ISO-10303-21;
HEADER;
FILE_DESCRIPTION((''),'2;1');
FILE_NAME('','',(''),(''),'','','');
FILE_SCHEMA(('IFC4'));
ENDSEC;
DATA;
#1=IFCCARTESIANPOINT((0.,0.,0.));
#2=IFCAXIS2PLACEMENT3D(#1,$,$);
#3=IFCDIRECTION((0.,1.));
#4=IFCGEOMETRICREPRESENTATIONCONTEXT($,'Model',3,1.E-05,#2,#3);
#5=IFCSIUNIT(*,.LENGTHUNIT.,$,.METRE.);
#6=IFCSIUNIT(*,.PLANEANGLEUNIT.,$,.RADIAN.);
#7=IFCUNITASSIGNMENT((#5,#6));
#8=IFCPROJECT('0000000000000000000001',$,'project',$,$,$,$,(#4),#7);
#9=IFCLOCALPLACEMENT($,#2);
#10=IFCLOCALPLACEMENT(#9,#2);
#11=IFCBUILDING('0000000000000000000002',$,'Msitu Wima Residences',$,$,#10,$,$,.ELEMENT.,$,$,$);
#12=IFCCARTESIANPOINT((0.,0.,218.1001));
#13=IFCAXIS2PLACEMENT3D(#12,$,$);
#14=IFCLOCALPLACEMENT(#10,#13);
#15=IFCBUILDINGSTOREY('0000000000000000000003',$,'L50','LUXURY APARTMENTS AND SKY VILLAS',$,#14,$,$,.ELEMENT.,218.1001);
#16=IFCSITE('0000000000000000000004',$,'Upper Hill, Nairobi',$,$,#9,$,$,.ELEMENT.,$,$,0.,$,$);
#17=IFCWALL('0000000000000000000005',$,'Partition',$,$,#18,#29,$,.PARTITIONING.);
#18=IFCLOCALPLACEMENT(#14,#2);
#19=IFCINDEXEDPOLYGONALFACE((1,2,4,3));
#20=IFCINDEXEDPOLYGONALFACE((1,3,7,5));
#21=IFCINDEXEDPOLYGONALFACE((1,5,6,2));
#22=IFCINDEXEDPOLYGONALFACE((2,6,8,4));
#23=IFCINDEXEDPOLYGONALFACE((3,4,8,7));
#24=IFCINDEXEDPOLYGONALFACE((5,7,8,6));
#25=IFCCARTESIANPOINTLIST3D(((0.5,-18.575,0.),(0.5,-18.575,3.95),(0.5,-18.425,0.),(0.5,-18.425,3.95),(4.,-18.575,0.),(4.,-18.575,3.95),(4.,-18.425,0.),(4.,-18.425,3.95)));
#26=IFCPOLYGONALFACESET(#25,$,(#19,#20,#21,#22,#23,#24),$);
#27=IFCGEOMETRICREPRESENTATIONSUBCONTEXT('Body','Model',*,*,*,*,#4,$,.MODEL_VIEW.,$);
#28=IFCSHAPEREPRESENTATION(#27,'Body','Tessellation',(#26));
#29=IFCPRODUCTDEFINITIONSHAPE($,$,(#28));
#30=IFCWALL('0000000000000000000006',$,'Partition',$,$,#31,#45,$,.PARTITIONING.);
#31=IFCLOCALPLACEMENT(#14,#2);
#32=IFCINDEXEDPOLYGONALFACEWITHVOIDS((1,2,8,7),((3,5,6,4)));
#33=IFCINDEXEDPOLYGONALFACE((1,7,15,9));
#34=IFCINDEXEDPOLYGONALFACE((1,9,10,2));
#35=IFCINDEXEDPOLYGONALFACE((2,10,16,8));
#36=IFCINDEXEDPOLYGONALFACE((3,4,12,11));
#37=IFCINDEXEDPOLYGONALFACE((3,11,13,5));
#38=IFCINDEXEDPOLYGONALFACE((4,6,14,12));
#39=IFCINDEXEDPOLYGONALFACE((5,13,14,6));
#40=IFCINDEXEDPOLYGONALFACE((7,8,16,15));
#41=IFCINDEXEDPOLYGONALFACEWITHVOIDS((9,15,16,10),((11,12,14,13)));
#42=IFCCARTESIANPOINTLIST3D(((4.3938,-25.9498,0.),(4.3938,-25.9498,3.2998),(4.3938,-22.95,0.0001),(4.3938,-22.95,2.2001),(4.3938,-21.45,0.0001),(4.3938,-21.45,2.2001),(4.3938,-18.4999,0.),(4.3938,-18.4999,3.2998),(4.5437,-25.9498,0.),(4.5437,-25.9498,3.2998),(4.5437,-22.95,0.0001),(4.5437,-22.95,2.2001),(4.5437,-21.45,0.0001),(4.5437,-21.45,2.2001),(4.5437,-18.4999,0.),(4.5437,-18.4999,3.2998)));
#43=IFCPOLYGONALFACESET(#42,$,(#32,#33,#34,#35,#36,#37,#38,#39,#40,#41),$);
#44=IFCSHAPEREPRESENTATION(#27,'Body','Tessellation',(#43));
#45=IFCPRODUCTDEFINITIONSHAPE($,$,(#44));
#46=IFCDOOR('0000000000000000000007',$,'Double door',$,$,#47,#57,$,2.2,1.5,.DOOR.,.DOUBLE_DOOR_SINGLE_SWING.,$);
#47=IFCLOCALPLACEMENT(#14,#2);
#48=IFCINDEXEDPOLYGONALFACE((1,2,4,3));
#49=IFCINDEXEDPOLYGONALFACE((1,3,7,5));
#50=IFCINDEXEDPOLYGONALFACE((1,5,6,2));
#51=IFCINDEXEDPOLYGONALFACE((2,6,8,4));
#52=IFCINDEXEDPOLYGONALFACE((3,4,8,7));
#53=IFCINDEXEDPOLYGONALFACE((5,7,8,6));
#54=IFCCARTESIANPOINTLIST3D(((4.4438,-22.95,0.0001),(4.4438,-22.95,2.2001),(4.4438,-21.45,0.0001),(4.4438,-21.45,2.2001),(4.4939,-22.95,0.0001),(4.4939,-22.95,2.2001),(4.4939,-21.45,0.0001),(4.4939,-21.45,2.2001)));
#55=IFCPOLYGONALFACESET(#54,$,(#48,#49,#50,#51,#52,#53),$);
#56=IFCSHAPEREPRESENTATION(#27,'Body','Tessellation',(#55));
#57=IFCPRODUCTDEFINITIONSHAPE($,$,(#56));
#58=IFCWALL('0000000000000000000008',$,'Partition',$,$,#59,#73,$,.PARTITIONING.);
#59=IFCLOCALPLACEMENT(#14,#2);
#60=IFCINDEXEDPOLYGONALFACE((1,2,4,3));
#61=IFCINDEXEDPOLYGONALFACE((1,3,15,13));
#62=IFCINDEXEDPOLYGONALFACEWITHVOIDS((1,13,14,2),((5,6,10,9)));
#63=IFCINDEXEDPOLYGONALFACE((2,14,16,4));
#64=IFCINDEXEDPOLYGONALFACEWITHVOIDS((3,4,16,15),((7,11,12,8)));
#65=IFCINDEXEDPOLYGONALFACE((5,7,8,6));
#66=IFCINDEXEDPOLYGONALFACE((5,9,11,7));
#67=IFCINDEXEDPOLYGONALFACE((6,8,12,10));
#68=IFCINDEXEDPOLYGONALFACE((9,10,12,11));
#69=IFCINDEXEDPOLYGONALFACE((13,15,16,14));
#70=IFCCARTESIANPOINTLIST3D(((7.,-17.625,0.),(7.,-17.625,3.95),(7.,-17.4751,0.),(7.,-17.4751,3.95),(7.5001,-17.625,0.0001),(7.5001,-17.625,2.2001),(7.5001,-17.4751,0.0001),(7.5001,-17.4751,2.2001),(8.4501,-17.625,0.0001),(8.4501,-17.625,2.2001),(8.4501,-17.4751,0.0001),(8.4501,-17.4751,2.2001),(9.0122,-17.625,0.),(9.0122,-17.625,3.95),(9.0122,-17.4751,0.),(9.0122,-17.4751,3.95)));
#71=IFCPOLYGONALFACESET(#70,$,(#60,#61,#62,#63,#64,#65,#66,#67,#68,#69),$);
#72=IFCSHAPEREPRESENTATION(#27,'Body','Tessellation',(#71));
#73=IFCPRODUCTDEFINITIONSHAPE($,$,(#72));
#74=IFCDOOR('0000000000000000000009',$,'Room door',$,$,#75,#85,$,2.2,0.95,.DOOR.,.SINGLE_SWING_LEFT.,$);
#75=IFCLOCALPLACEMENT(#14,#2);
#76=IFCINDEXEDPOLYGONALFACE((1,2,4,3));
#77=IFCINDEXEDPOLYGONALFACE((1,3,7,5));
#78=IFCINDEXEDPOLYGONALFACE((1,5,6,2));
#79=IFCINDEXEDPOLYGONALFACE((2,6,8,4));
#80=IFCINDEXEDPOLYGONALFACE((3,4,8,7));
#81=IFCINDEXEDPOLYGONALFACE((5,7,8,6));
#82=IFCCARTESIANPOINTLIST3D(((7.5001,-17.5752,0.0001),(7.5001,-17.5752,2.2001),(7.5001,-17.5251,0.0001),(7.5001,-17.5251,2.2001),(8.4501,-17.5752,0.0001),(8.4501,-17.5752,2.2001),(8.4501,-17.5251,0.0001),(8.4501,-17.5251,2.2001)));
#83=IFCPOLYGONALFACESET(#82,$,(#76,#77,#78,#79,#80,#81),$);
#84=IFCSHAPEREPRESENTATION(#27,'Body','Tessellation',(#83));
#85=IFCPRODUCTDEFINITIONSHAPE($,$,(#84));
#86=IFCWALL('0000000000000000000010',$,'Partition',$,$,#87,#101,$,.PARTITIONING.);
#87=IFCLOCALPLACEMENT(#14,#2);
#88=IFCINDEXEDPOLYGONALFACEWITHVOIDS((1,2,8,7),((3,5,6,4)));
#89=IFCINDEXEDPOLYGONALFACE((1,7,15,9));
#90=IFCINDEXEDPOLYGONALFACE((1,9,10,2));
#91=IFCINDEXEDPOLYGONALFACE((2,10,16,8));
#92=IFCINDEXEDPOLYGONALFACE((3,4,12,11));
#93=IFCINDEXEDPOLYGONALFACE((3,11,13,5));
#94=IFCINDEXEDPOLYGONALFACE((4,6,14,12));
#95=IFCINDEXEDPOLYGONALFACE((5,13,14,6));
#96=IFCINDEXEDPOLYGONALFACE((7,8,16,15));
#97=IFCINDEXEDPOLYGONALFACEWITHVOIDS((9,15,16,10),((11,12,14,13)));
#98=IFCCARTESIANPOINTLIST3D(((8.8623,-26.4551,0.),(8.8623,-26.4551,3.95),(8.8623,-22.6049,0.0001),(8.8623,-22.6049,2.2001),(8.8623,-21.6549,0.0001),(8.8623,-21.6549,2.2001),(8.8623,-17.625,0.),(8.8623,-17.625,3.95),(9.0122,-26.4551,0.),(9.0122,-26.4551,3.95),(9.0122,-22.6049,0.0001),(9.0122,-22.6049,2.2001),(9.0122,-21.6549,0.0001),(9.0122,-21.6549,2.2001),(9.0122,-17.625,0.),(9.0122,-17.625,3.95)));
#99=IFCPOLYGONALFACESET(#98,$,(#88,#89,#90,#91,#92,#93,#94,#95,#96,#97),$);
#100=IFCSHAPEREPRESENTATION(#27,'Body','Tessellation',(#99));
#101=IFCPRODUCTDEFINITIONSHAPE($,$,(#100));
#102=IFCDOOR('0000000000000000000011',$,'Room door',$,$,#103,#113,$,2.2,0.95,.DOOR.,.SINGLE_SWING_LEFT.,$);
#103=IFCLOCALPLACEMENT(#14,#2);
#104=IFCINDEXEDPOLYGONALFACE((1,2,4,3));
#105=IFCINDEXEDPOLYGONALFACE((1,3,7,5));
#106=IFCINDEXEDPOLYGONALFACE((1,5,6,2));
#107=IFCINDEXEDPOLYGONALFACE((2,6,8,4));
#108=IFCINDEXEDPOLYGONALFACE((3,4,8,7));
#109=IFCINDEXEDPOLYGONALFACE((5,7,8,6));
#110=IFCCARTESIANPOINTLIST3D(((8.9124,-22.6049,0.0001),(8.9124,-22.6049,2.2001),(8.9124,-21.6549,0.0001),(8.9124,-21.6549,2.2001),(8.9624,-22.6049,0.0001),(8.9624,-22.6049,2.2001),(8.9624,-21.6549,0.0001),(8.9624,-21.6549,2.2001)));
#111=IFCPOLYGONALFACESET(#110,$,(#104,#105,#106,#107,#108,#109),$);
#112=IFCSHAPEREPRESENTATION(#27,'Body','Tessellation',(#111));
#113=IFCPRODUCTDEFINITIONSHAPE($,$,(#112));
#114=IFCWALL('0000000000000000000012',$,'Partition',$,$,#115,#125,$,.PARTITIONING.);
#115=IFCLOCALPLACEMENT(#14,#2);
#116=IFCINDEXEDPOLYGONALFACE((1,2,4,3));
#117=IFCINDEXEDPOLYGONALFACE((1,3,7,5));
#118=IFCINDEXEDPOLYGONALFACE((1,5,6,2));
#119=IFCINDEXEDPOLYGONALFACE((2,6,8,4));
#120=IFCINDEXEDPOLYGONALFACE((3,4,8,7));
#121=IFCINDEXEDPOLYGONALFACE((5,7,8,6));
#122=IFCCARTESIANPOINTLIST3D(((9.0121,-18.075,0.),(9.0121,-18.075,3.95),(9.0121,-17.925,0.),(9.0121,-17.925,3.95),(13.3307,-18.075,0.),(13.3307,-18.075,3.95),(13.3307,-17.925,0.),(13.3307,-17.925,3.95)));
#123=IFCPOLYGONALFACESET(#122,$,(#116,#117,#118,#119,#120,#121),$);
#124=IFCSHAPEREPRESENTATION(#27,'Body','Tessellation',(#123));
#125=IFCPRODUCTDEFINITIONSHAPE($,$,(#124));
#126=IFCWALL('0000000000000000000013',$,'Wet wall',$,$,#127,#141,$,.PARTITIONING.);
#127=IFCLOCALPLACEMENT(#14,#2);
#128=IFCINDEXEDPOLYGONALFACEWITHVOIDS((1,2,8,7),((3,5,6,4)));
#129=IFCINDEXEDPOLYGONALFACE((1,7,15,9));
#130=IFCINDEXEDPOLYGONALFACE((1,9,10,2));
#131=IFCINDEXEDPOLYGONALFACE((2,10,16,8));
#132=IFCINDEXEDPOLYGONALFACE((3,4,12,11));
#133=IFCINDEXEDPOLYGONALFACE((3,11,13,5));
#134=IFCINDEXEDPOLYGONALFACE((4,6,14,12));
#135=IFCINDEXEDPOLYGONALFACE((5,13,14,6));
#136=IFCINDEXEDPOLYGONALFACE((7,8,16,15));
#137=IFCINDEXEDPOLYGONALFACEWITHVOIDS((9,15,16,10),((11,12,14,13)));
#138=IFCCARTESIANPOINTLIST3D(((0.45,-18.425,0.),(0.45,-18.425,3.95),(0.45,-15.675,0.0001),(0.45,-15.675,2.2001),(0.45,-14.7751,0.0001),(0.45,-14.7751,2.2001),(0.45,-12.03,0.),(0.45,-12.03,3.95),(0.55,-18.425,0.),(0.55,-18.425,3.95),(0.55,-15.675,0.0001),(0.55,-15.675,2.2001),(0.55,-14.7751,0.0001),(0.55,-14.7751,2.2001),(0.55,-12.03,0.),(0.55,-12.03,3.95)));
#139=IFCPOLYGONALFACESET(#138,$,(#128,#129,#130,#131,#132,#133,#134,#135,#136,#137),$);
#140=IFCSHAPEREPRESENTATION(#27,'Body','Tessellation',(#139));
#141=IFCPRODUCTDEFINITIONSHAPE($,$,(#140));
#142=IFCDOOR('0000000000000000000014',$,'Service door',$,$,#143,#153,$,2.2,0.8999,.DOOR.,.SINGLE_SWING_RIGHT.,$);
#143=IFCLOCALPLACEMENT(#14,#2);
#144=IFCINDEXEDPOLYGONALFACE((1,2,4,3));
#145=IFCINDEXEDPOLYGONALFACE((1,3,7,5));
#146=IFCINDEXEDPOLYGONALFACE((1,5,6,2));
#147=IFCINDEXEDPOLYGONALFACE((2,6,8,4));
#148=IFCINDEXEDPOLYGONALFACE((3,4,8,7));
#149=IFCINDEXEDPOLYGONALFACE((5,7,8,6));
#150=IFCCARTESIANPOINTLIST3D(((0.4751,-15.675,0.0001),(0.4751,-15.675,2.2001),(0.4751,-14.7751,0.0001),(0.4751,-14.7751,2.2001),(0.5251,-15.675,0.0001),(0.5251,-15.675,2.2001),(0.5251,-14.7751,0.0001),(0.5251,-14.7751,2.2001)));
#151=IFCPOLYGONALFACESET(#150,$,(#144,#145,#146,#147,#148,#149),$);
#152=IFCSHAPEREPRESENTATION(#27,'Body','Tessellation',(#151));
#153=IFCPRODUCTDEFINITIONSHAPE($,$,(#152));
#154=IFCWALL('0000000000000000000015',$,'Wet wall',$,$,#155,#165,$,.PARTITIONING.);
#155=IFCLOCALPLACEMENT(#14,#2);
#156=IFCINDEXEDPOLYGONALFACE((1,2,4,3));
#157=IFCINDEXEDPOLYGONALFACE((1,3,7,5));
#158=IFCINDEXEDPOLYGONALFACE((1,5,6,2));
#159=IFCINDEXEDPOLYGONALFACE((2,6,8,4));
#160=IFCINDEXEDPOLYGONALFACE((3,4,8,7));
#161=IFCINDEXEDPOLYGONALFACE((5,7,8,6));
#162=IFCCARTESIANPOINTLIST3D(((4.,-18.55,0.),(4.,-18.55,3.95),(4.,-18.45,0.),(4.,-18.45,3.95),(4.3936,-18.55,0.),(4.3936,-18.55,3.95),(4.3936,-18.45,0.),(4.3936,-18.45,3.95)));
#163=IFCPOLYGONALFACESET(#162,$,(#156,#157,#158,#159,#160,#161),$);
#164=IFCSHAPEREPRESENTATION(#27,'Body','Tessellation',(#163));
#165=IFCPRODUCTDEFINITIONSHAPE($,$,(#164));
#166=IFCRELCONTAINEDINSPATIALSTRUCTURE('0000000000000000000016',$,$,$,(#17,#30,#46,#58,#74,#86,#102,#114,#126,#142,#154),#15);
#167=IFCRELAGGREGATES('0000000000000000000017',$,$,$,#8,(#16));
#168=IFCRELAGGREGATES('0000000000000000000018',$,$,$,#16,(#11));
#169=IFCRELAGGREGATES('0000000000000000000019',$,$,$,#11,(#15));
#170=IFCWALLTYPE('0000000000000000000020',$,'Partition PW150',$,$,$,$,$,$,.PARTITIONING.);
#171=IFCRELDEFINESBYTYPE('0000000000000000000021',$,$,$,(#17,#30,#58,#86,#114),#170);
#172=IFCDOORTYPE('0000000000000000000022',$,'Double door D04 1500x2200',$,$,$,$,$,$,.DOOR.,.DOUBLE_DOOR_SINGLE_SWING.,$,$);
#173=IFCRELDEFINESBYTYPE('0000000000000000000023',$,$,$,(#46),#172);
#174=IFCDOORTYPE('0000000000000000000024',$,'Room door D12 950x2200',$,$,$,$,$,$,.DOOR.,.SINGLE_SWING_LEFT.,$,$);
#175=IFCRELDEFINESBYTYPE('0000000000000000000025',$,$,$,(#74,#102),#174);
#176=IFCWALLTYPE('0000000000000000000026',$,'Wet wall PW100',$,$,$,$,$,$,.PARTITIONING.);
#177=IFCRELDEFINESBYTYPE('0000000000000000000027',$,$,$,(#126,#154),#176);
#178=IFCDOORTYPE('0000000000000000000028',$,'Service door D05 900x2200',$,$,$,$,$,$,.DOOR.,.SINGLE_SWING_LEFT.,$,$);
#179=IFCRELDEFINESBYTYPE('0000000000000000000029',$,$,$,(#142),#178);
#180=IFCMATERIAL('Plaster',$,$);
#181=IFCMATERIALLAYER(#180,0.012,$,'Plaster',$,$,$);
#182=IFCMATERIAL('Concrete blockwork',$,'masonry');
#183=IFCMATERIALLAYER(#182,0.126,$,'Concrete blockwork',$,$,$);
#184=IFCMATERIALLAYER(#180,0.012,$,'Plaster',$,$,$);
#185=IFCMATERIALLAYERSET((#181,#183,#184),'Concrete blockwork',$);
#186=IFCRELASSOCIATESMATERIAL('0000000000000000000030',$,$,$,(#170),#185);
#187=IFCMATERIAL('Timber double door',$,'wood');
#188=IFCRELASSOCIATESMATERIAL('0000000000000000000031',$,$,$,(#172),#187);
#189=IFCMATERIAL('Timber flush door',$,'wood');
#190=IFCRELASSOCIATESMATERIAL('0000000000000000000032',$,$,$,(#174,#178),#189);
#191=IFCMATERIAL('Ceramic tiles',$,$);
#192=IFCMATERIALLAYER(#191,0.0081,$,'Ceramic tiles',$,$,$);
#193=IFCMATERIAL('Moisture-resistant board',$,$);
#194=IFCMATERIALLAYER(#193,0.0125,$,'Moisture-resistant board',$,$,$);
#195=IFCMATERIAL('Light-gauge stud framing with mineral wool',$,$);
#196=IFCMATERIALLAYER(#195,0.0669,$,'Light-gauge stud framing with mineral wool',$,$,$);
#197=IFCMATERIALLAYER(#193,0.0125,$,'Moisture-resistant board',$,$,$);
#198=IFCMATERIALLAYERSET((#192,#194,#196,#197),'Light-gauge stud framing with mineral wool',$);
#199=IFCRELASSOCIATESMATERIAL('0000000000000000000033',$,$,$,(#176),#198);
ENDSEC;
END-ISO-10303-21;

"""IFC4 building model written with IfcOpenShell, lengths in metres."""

from ifc_helpers import new_model, si_unit, direction, frame, frame_2d, origin, place, context, subcontext, project, spatial, rectangle, extrude, material, layer, layer_set, type_object, element, fill, save


model = new_model("IFC4")

# Units and contexts
model_context = context("Model", 3, precision=1e-05, world=origin(), true_north=direction((0.0, 1.0)))
body_context = subcontext(model_context, "Body", "Model", "MODEL_VIEW")
ifc_project = project(units=[si_unit("LENGTHUNIT", "METRE"), si_unit("PLANEANGLEUNIT", "RADIAN")], contexts=[model_context])

# Site, building, storey
site_placement = place(None, origin())
site = spatial("IfcSite", under=ifc_project, at=site_placement, Name="Upper Hill, Nairobi", CompositionType="ELEMENT", RefElevation=0.0)
building_placement = place(site_placement, origin())
building = spatial("IfcBuilding", under=site, at=building_placement, Name="Msitu Wima Residences", CompositionType="ELEMENT")
storey_placement = place(building_placement, frame((0.0, 0.0, 218.1001)))
storey = spatial("IfcBuildingStorey", under=building, at=storey_placement, Name="L50", Description="LUXURY APARTMENTS AND SKY VILLAS", CompositionType="ELEMENT", Elevation=218.1001)

# Wall
ifc_material_1 = material(Name="Plaster")
ifc_layer_1 = layer(ifc_material_1, 0.012, Name="Plaster")
ifc_material_2 = material(Name="Concrete blockwork", Category="masonry")
ifc_layer_2 = layer(ifc_material_2, 0.126, Name="Concrete blockwork")
ifc_layer_3 = layer(ifc_material_1, 0.012, Name="Plaster")
ifc_layer_set_1 = layer_set([ifc_layer_1, ifc_layer_2, ifc_layer_3], Name="Concrete blockwork")
wall_type_1 = type_object("IfcWallType", Name="Partition PW150", PredefinedType="PARTITIONING", material=ifc_layer_set_1)
wall_1_placement = place(storey_placement, frame((0.5, -18.5, 0.0), z_axis=(0.0, 0.0, 1.0), x_axis=(1.0, 0.0, 0.0)))
element("IfcWall", 1, at=wall_1_placement, inside=storey, type_object=wall_type_1, Name="Partition", PredefinedType="PARTITIONING", context=body_context, shape_type="SweptSolid", body=[
    extrude(rectangle(XDim=3.5, YDim=0.1499, at=frame_2d((1.75, 0.0))), origin(), (0.0, 0.0, 1.0), 3.95),
])

# Walls, openings, doors
wall_2_placement = place(storey_placement, frame((4.4688, -25.95, 0.0), z_axis=(0.0, 0.0, 1.0), x_axis=(0.0, 1.0, 0.0)))
wall_2 = element("IfcWall", 2, at=wall_2_placement, inside=storey, type_object=wall_type_1, Name="Partition", PredefinedType="PARTITIONING", context=body_context, shape_type="SweptSolid", body=[
    extrude(rectangle(XDim=7.45, YDim=0.1499, at=frame_2d((3.7251, 0.0))), origin(), (0.0, 0.0, 1.0), 3.2998),
])
opening_1_placement = place(wall_2_placement, frame((3.0, 0.0, 0.0)))
opening_1 = element("IfcOpeningElement", 3, at=opening_1_placement, cuts=wall_2, PredefinedType="OPENING", context=body_context, shape_type="SweptSolid", body=[
    extrude(rectangle(XDim=1.5, YDim=2.2, at=frame_2d((0.75, 1.1001))), frame((0.0, 0.085, 0.0), z_axis=(0.0, -1.0, 0.0), x_axis=(1.0, 0.0, 0.0)), (0.0, 0.0, 1.0), 0.1699),
])
ifc_material_3 = material(Name="Timber double door", Category="wood")
door_type_1 = type_object("IfcDoorType", Name="Double door D04 1500x2200", OperationType="DOUBLE_DOOR_SINGLE_SWING", PredefinedType="DOOR", material=ifc_material_3)
door_1_placement = place(opening_1_placement, origin())
door_1 = element("IfcDoor", 4, at=door_1_placement, inside=storey, type_object=door_type_1, Name="Double door", OperationType="DOUBLE_DOOR_SINGLE_SWING", OverallHeight=2.2, OverallWidth=1.5, PredefinedType="DOOR", context=body_context, shape_type="SweptSolid", body=[
    extrude(rectangle(XDim=1.5, YDim=2.2, at=frame_2d((0.75, 1.1001))), frame((0.0, 0.0249, 0.0), z_axis=(0.0, -1.0, 0.0), x_axis=(1.0, 0.0, 0.0)), (0.0, 0.0, 1.0), 0.05),
])
fill(opening_1, door_1)
wall_3_placement = place(storey_placement, frame((7.0, -17.55, 0.0), z_axis=(0.0, 0.0, 1.0), x_axis=(1.0, 0.0, 0.0)))
wall_3 = element("IfcWall", 5, at=wall_3_placement, inside=storey, type_object=wall_type_1, Name="Partition", PredefinedType="PARTITIONING", context=body_context, shape_type="SweptSolid", body=[
    extrude(rectangle(XDim=2.0122, YDim=0.1499, at=frame_2d((1.0061, 0.0))), origin(), (0.0, 0.0, 1.0), 3.95),
])
opening_2_placement = place(wall_3_placement, frame((0.5, 0.0, 0.0)))
opening_2 = element("IfcOpeningElement", 6, at=opening_2_placement, cuts=wall_3, PredefinedType="OPENING", context=body_context, shape_type="SweptSolid", body=[
    extrude(rectangle(XDim=0.95, YDim=2.2, at=frame_2d((0.4751, 1.1001))), frame((0.0, 0.085, 0.0), z_axis=(0.0, -1.0, 0.0), x_axis=(1.0, 0.0, 0.0)), (0.0, 0.0, 1.0), 0.1699),
])
ifc_material_4 = material(Name="Timber flush door", Category="wood")
door_type_2 = type_object("IfcDoorType", Name="Room door D12 950x2200", OperationType="SINGLE_SWING_LEFT", PredefinedType="DOOR", material=ifc_material_4)
door_2_placement = place(opening_2_placement, origin())
door_2 = element("IfcDoor", 7, at=door_2_placement, inside=storey, type_object=door_type_2, Name="Room door", OperationType="SINGLE_SWING_LEFT", OverallHeight=2.2, OverallWidth=0.95, PredefinedType="DOOR", context=body_context, shape_type="SweptSolid", body=[
    extrude(rectangle(XDim=0.95, YDim=2.2, at=frame_2d((0.4751, 1.1001))), frame((0.0, 0.0249, 0.0), z_axis=(0.0, -1.0, 0.0), x_axis=(1.0, 0.0, 0.0)), (0.0, 0.0, 1.0), 0.05),
])
fill(opening_2, door_2)
wall_4_placement = place(storey_placement, frame((8.9373, -26.4551, 0.0), z_axis=(0.0, 0.0, 1.0), x_axis=(0.0, 1.0, 0.0)))
wall_4 = element("IfcWall", 8, at=wall_4_placement, inside=storey, type_object=wall_type_1, Name="Partition", PredefinedType="PARTITIONING", context=body_context, shape_type="SweptSolid", body=[
    extrude(rectangle(XDim=8.8301, YDim=0.1499, at=frame_2d((4.415, 0.0))), origin(), (0.0, 0.0, 1.0), 3.95),
])
opening_3_placement = place(wall_4_placement, frame((3.8501, 0.0, 0.0)))
opening_3 = element("IfcOpeningElement", 9, at=opening_3_placement, cuts=wall_4, PredefinedType="OPENING", context=body_context, shape_type="SweptSolid", body=[
    extrude(rectangle(XDim=0.95, YDim=2.2, at=frame_2d((0.4751, 1.1001))), frame((0.0, 0.085, 0.0), z_axis=(0.0, -1.0, 0.0), x_axis=(1.0, 0.0, 0.0)), (0.0, 0.0, 1.0), 0.1699),
])
door_3_placement = place(opening_3_placement, origin())
door_3 = element("IfcDoor", 10, at=door_3_placement, inside=storey, type_object=door_type_2, Name="Room door", OperationType="SINGLE_SWING_LEFT", OverallHeight=2.2, OverallWidth=0.95, PredefinedType="DOOR", context=body_context, shape_type="SweptSolid", body=[
    extrude(rectangle(XDim=0.95, YDim=2.2, at=frame_2d((0.4751, 1.1001))), frame((0.0, 0.0249, 0.0), z_axis=(0.0, -1.0, 0.0), x_axis=(1.0, 0.0, 0.0)), (0.0, 0.0, 1.0), 0.05),
])
fill(opening_3, door_3)

# Wall
wall_5_placement = place(storey_placement, frame((9.0122, -18.0, 0.0), z_axis=(0.0, 0.0, 1.0), x_axis=(1.0, 0.0, 0.0)))
element("IfcWall", 11, at=wall_5_placement, inside=storey, type_object=wall_type_1, Name="Partition", PredefinedType="PARTITIONING", context=body_context, shape_type="SweptSolid", body=[
    extrude(rectangle(XDim=4.3186, YDim=0.1499, at=frame_2d((2.1592, 0.0))), origin(), (0.0, 0.0, 1.0), 3.95),
])

# Wall, opening, door
ifc_material_5 = material(Name="Ceramic tiles")
ifc_layer_4 = layer(ifc_material_5, 0.0081, Name="Ceramic tiles")
ifc_material_6 = material(Name="Moisture-resistant board")
ifc_layer_5 = layer(ifc_material_6, 0.0125, Name="Moisture-resistant board")
ifc_material_7 = material(Name="Light-gauge stud framing with mineral wool")
ifc_layer_6 = layer(ifc_material_7, 0.0669, Name="Light-gauge stud framing with mineral wool")
ifc_layer_7 = layer(ifc_material_6, 0.0125, Name="Moisture-resistant board")
ifc_layer_set_2 = layer_set([ifc_layer_4, ifc_layer_5, ifc_layer_6, ifc_layer_7], Name="Light-gauge stud framing with mineral wool")
wall_type_2 = type_object("IfcWallType", Name="Wet wall PW100", PredefinedType="PARTITIONING", material=ifc_layer_set_2)
wall_6_placement = place(storey_placement, frame((0.5, -18.425, 0.0), z_axis=(0.0, 0.0, 1.0), x_axis=(0.0, 1.0, 0.0)))
wall_6 = element("IfcWall", 12, at=wall_6_placement, inside=storey, type_object=wall_type_2, Name="Wet wall", PredefinedType="PARTITIONING", context=body_context, shape_type="SweptSolid", body=[
    extrude(rectangle(XDim=6.395, YDim=0.1001, at=frame_2d((3.1975, 0.0))), origin(), (0.0, 0.0, 1.0), 3.95),
])
opening_4_placement = place(wall_6_placement, frame((2.75, 0.0, 0.0)))
opening_4 = element("IfcOpeningElement", 13, at=opening_4_placement, cuts=wall_6, PredefinedType="OPENING", context=body_context, shape_type="SweptSolid", body=[
    extrude(rectangle(XDim=0.8999, YDim=2.2, at=frame_2d((0.45, 1.1001))), frame((0.0, 0.0601, 0.0), z_axis=(0.0, -1.0, 0.0), x_axis=(1.0, 0.0, 0.0)), (0.0, 0.0, 1.0), 0.1201),
])
door_type_3 = type_object("IfcDoorType", Name="Service door D05 900x2200", OperationType="SINGLE_SWING_LEFT", PredefinedType="DOOR", material=ifc_material_4)
door_4_placement = place(opening_4_placement, origin())
door_4 = element("IfcDoor", 14, at=door_4_placement, inside=storey, type_object=door_type_3, Name="Service door", OperationType="SINGLE_SWING_RIGHT", OverallHeight=2.2, OverallWidth=0.8999, PredefinedType="DOOR", context=body_context, shape_type="SweptSolid", body=[
    extrude(rectangle(XDim=0.8999, YDim=2.2, at=frame_2d((0.45, 1.1001))), frame((0.0, 0.0249, 0.0), z_axis=(0.0, -1.0, 0.0), x_axis=(1.0, 0.0, 0.0)), (0.0, 0.0, 1.0), 0.05),
])
fill(opening_4, door_4)

# Wall
wall_7_placement = place(storey_placement, frame((4.0, -18.5, 0.0), z_axis=(0.0, 0.0, 1.0), x_axis=(1.0, 0.0, 0.0)))
element("IfcWall", 15, at=wall_7_placement, inside=storey, type_object=wall_type_2, Name="Wet wall", PredefinedType="PARTITIONING", context=body_context, shape_type="SweptSolid", body=[
    extrude(rectangle(XDim=0.3936, YDim=0.1001, at=frame_2d((0.1968, 0.0))), origin(), (0.0, 0.0, 1.0), 3.95),
])

save(model, "model.ifc")
